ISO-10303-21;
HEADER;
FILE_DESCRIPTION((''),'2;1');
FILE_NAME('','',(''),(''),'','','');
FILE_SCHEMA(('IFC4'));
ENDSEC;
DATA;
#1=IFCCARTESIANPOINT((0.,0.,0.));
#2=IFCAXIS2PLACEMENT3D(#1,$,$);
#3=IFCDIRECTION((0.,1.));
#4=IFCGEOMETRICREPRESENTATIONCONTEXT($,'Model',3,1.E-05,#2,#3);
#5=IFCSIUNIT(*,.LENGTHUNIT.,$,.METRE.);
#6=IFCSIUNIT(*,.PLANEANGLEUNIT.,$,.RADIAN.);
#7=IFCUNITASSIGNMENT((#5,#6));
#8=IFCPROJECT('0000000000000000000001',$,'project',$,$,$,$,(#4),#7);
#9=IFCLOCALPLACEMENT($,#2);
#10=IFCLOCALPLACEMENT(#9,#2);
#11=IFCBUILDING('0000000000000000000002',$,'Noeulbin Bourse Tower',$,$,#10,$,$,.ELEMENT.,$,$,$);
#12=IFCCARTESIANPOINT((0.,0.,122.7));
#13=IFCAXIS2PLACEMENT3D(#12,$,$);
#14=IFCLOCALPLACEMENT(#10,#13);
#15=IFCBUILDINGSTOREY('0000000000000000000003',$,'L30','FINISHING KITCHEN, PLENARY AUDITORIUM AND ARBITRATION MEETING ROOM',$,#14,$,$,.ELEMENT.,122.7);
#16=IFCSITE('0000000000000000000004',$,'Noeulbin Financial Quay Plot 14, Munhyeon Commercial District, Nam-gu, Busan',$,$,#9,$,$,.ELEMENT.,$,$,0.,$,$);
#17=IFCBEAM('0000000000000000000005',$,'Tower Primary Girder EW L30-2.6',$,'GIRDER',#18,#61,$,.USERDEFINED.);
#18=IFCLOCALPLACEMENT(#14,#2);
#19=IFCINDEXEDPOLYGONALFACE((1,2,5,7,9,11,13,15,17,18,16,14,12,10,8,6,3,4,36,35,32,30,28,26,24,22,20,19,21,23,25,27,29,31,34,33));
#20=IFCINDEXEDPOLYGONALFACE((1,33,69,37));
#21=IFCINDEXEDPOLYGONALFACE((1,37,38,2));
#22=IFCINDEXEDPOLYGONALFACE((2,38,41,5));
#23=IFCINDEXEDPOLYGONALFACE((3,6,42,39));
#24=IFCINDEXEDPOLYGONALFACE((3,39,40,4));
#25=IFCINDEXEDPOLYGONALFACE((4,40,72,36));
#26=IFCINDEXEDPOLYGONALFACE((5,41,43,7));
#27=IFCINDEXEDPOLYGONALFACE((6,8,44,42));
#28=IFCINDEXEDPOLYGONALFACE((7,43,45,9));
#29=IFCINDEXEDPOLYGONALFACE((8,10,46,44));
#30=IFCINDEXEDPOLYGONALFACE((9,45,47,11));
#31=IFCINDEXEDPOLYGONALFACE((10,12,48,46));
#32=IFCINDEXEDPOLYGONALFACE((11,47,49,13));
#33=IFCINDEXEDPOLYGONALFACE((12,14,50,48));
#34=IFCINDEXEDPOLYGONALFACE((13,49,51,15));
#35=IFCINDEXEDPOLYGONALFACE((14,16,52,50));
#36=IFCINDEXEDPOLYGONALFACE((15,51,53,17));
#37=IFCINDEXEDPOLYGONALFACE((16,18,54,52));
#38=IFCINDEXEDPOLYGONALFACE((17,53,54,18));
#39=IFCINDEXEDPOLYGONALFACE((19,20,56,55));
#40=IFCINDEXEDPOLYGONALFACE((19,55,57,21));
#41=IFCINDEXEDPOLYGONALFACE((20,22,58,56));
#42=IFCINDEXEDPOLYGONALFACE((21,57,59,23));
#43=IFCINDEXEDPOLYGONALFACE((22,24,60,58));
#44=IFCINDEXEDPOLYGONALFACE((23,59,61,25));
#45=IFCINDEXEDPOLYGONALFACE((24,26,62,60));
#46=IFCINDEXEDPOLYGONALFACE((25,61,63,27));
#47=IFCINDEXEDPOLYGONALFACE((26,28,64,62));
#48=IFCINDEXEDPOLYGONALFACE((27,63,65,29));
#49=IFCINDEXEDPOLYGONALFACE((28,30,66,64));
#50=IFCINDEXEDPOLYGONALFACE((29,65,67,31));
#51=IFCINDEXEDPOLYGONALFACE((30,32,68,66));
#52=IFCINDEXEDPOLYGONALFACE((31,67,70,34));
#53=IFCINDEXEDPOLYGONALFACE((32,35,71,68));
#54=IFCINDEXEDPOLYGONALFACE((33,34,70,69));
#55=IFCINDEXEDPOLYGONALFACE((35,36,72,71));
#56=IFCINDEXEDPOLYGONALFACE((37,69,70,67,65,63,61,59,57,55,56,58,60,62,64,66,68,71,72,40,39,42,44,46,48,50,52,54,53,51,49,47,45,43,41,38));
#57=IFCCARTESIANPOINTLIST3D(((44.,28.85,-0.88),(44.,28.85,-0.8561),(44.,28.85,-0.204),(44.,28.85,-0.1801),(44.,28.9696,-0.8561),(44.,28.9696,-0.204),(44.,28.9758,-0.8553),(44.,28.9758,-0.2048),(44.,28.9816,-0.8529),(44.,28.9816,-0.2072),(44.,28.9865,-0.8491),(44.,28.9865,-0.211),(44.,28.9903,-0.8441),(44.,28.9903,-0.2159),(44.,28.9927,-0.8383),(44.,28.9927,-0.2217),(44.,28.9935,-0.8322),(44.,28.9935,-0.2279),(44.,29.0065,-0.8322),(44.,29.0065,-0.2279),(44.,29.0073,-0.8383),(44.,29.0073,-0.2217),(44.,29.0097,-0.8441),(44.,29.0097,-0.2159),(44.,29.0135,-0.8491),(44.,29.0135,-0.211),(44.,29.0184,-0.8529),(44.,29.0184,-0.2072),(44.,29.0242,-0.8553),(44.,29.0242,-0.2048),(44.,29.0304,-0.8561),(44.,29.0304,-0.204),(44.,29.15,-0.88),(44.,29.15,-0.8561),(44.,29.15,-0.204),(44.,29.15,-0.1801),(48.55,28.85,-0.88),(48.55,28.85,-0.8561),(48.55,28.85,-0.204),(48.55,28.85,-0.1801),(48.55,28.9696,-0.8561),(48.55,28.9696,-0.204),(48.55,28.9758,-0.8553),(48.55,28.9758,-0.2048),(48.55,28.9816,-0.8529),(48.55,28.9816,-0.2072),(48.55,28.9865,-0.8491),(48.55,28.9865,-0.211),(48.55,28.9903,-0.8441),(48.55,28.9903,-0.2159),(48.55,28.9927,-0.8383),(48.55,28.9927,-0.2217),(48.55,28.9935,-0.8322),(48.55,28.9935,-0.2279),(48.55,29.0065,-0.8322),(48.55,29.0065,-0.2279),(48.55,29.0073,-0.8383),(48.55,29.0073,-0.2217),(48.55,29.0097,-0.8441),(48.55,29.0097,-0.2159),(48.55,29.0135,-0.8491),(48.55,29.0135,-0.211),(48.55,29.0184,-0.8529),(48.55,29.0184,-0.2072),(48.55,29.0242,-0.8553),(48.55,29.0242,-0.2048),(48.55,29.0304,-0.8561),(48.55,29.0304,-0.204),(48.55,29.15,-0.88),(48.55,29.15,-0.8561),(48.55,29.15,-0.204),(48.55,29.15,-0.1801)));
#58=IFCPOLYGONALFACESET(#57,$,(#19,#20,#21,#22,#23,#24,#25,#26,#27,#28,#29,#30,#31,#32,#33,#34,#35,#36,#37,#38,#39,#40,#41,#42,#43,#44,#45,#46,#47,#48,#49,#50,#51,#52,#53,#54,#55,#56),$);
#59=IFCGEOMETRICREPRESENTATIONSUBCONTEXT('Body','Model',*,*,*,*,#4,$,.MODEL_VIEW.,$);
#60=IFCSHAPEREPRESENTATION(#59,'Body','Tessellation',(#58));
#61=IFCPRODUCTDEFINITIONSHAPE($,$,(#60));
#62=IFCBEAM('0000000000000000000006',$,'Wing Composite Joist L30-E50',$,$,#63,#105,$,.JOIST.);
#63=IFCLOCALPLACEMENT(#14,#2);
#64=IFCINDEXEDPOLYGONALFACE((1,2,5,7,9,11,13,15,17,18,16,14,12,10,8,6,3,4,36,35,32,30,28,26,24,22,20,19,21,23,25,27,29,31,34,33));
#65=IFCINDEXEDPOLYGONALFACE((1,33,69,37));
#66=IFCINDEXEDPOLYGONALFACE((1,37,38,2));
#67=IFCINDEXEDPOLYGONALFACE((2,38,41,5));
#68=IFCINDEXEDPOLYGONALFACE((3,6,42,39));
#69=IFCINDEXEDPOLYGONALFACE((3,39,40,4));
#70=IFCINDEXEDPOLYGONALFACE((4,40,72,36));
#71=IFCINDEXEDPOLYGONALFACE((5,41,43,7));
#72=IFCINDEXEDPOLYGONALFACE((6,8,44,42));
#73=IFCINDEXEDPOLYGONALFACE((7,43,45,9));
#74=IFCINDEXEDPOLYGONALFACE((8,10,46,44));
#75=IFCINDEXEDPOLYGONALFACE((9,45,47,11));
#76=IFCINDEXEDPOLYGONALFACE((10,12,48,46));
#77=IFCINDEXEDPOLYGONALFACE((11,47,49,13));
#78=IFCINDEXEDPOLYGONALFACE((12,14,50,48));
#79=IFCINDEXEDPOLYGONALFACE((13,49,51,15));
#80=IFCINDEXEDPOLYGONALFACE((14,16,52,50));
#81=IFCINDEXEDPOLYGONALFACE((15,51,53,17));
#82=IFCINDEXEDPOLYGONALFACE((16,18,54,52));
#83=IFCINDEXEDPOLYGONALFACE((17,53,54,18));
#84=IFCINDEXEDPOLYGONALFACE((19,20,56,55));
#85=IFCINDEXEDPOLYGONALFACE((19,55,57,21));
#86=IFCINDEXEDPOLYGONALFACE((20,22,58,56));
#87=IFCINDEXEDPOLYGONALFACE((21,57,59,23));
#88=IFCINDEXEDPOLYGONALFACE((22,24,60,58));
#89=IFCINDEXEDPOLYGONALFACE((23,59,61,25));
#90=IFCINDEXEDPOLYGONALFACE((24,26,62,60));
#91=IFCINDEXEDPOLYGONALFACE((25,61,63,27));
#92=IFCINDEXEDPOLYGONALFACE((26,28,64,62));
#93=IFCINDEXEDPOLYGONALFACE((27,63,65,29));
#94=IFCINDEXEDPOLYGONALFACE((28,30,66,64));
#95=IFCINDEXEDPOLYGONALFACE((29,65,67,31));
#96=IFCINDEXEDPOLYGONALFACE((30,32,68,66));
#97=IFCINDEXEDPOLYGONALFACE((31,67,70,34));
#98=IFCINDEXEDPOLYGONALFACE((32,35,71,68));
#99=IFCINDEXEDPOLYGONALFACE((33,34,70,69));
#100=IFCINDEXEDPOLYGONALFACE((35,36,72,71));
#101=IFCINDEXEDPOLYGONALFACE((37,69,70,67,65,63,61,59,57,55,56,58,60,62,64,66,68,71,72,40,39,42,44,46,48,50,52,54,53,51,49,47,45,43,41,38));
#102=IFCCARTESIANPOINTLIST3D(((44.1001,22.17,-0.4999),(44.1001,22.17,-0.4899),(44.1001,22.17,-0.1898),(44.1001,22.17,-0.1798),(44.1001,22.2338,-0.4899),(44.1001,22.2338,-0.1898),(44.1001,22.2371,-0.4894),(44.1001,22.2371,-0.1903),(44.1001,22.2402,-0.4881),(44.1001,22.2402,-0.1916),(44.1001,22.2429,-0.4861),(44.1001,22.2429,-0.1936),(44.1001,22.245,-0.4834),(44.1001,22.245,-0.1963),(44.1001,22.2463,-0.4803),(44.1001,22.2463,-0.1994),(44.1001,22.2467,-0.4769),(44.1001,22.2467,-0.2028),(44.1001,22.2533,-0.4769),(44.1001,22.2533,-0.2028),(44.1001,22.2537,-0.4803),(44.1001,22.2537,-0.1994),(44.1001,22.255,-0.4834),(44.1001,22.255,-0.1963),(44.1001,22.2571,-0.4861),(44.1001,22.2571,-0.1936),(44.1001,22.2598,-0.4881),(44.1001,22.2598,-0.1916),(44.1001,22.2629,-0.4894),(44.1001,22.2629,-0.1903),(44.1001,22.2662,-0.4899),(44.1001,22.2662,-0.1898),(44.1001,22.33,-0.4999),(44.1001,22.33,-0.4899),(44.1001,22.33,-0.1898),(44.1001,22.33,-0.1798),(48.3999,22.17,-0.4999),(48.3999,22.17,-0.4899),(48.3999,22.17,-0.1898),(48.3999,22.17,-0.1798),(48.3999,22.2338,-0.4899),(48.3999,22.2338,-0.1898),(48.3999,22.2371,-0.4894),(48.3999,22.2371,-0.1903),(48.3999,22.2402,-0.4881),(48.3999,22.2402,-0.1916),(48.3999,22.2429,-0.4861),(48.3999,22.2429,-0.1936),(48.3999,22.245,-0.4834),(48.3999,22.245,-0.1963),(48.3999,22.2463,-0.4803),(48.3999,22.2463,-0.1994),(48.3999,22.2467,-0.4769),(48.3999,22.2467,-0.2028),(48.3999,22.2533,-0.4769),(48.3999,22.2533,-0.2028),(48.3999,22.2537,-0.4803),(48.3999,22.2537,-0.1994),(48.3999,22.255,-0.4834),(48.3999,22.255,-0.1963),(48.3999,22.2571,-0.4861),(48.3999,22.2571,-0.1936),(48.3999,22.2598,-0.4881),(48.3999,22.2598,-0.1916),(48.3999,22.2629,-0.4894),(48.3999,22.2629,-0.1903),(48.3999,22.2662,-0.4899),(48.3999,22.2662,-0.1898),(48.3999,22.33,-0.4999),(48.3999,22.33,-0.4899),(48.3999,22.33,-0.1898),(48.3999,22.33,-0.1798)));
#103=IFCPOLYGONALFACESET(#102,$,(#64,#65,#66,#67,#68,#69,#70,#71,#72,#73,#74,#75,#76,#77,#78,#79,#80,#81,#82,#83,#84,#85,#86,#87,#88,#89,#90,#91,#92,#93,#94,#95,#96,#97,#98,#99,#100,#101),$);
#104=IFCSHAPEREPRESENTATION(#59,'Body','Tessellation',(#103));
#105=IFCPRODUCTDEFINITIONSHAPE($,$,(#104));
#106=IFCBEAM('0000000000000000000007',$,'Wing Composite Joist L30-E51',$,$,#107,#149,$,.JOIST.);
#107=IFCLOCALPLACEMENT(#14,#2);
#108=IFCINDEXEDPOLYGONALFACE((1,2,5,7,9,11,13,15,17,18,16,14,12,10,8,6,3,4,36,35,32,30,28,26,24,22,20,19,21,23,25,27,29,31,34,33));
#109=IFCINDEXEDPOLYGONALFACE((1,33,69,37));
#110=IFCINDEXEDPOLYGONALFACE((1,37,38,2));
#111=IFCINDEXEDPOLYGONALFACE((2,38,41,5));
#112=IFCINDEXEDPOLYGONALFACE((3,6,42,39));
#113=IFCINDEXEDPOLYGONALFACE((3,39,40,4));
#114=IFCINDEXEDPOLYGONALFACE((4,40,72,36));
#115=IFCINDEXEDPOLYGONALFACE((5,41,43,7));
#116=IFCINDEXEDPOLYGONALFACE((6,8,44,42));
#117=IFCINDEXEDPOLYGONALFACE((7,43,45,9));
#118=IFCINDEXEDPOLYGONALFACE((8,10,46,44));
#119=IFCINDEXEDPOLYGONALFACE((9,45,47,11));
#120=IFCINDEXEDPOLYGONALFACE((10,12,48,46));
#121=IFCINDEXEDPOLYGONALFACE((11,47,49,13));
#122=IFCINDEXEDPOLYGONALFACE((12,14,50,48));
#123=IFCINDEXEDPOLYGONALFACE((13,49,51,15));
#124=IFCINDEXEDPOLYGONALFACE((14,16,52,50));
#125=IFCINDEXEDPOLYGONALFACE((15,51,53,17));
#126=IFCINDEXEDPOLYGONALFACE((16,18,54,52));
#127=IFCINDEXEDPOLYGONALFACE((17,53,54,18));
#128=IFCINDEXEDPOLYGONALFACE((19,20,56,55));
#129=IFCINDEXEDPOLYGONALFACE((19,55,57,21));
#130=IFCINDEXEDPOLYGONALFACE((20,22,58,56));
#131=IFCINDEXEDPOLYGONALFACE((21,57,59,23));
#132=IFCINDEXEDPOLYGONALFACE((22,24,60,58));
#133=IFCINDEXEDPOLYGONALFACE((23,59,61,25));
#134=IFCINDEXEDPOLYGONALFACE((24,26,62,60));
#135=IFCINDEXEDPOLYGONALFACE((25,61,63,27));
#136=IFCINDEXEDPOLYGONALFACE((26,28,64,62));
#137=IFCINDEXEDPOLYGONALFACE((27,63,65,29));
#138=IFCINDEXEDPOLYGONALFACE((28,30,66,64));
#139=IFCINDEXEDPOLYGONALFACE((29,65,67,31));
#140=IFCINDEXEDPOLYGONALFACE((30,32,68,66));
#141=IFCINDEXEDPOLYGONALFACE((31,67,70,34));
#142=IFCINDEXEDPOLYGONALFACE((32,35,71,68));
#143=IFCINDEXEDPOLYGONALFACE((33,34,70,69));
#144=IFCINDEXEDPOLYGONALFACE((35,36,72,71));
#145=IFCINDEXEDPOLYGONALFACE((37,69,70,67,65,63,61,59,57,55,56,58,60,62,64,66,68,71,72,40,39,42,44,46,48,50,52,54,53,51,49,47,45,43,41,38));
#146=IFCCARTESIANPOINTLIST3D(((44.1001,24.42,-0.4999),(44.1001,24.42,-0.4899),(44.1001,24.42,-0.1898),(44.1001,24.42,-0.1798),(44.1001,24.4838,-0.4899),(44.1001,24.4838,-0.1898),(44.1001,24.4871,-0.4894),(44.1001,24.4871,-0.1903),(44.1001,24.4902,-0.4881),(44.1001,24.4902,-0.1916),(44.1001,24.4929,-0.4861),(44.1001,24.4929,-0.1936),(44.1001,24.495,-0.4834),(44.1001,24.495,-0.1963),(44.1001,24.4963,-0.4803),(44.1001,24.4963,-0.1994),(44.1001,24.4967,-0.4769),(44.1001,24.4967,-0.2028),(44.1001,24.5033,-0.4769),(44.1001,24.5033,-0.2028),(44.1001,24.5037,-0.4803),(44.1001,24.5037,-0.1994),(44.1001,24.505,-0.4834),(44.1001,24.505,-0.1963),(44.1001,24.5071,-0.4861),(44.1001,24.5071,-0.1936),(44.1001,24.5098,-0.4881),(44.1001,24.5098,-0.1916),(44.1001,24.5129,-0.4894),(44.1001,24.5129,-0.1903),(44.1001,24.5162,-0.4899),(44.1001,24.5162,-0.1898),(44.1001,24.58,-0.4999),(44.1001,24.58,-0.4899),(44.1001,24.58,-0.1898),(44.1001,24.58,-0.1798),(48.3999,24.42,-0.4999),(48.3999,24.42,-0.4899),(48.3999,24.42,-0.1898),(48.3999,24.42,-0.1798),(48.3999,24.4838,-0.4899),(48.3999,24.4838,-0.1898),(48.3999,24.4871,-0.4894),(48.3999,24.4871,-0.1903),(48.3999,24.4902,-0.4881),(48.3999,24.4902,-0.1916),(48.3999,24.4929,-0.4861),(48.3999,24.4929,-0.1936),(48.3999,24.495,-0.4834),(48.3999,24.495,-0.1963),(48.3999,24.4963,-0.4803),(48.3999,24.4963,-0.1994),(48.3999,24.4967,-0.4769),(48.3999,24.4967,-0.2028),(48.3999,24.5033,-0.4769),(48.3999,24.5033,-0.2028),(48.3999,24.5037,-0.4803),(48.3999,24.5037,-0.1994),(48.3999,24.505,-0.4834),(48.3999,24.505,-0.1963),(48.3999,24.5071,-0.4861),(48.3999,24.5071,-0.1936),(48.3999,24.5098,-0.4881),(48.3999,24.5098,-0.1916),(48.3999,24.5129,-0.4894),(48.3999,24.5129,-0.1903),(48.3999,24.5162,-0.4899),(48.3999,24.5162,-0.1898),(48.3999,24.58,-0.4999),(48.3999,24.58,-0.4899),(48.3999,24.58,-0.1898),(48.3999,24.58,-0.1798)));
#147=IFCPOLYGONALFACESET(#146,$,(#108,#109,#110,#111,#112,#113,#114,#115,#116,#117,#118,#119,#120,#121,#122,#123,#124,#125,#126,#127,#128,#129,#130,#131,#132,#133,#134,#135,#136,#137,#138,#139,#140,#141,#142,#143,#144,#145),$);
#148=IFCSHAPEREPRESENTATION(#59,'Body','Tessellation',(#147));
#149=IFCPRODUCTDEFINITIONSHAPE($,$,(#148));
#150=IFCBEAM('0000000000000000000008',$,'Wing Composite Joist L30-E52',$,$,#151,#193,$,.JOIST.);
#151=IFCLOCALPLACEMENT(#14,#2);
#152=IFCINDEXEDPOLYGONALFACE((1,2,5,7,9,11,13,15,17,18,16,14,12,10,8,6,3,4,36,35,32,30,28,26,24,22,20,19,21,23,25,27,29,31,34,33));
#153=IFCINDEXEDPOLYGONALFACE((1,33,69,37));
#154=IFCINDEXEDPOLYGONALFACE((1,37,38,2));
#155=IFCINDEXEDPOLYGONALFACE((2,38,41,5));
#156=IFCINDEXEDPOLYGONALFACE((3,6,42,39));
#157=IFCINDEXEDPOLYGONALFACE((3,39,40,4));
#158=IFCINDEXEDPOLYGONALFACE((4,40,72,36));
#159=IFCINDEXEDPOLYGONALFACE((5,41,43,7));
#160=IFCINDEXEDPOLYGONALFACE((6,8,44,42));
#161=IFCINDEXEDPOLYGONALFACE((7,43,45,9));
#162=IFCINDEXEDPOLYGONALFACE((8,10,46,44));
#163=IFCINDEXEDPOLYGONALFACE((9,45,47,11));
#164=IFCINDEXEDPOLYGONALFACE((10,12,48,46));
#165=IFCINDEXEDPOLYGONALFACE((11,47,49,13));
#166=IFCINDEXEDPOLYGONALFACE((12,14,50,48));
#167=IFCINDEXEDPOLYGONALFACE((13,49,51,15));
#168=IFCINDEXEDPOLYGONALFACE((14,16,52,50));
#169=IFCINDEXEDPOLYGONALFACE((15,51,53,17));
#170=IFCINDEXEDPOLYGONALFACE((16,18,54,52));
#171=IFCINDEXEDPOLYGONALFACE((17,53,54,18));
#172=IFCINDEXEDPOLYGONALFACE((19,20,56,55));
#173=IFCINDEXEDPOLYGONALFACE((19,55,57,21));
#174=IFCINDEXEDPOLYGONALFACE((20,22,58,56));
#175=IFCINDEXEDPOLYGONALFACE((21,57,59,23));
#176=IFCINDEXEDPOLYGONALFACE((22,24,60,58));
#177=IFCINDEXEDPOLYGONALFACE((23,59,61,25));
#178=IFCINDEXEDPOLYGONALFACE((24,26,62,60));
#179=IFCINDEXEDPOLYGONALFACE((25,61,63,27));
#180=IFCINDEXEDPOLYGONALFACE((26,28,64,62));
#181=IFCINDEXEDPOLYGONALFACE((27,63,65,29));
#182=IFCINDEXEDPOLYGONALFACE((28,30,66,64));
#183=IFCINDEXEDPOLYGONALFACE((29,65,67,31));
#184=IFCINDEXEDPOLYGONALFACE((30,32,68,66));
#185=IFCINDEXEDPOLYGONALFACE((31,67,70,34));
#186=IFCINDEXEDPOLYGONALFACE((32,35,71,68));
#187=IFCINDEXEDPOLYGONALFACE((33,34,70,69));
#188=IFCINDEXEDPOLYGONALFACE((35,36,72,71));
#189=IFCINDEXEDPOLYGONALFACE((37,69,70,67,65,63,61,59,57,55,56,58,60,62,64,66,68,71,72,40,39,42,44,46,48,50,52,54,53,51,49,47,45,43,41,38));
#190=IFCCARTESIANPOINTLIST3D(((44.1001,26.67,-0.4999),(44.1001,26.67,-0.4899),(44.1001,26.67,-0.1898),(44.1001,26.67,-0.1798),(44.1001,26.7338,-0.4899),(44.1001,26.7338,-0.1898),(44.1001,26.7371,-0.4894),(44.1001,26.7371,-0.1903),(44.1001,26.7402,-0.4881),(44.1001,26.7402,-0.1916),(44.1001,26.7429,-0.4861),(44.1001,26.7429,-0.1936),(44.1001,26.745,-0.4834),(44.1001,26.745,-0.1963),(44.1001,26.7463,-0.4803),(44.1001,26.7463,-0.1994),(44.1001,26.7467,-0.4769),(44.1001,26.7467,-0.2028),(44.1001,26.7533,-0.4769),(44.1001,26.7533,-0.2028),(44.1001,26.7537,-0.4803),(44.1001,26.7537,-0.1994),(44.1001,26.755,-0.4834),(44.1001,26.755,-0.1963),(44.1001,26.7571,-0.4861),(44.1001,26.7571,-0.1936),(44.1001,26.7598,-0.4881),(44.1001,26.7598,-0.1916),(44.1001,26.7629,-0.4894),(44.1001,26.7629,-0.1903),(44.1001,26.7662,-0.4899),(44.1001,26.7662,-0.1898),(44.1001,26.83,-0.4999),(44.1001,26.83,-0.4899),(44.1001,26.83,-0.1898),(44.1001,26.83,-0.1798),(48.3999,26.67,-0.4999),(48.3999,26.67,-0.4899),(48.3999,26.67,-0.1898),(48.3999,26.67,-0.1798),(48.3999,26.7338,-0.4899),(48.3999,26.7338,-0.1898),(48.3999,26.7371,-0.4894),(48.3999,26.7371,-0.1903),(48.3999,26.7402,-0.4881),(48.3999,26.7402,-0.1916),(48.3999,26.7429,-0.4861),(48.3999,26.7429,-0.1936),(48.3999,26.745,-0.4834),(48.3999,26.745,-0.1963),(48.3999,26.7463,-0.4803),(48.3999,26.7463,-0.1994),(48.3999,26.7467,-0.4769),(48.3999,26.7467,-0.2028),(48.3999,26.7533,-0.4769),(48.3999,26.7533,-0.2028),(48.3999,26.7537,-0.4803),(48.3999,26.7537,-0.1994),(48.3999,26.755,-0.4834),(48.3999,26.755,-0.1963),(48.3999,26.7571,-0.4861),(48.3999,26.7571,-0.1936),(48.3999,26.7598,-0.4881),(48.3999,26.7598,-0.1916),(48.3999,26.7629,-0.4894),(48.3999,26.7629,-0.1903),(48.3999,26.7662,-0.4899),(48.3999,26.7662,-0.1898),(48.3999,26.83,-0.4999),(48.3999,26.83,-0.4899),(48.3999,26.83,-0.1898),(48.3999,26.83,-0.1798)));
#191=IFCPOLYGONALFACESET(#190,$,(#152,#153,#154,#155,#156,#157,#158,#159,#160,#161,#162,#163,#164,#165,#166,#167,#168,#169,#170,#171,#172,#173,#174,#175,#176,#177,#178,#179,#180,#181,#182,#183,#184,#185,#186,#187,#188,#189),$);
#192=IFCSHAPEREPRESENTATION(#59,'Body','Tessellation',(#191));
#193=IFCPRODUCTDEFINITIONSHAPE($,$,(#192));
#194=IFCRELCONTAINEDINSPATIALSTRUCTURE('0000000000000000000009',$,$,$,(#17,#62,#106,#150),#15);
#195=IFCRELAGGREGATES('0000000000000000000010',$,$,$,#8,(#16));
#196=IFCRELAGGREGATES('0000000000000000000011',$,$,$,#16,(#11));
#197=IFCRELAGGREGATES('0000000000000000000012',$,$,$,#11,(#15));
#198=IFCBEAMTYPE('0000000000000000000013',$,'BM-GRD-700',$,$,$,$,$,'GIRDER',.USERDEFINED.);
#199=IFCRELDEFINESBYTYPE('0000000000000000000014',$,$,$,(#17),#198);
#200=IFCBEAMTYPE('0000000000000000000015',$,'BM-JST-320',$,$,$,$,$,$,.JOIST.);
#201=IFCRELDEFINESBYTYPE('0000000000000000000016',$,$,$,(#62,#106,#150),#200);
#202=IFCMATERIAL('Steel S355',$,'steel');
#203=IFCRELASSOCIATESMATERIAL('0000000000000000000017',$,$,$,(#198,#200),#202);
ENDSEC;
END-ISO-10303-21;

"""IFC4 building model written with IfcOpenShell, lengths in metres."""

from ifc_helpers import new_model, si_unit, direction, frame, origin, origin_2d, place, context, subcontext, project, spatial, i_section, extrude, material, material_profile, profile_set, type_object, element, save


model = new_model("IFC4")

# Units and contexts
model_context = context("Model", 3, precision=1e-05, world=origin(), true_north=direction((0.0, 1.0)))
body_context = subcontext(model_context, "Body", "Model", "MODEL_VIEW")
ifc_project = project(units=[si_unit("LENGTHUNIT", "METRE"), si_unit("PLANEANGLEUNIT", "RADIAN")], contexts=[model_context])

# Site, building, storey
site_placement = place(None, origin())
site = spatial("IfcSite", under=ifc_project, at=site_placement, Name="Noeulbin Financial Quay Plot 14, Munhyeon Commercial District, Nam-gu, Busan", CompositionType="ELEMENT", RefElevation=0.0)
building_placement = place(site_placement, origin())
building = spatial("IfcBuilding", under=site, at=building_placement, Name="Noeulbin Bourse Tower", CompositionType="ELEMENT")
storey_placement = place(building_placement, frame((0.0, 0.0, 122.7)))
storey = spatial("IfcBuildingStorey", under=building, at=storey_placement, Name="L30", Description="FINISHING KITCHEN, PLENARY AUDITORIUM AND ARBITRATION MEETING ROOM", CompositionType="ELEMENT", Elevation=122.7)

# Shared definitions
ifc_material_1 = material(Name="Steel S355", Category="steel")

# Beams
ifc_material_profile_1 = material_profile(ifc_material_1, i_section(OverallWidth=0.3, OverallDepth=0.7, WebThickness=0.0129, FlangeThickness=0.0239, FilletRadius=0.0239, at=origin_2d()), Name="H-700x300x13x24", Category="LoadBearing")
ifc_profile_set_1 = profile_set([ifc_material_profile_1], Name="Steel S355")
beam_type_1 = type_object("IfcBeamType", Name="BM-GRD-700", ElementType="GIRDER", PredefinedType="USERDEFINED", material=ifc_profile_set_1)
beam_1_placement = place(storey_placement, frame((44.0, 29.0, -0.53), z_axis=(1.0, 0.0, 0.0), x_axis=(0.0, 1.0, 0.0)))
element("IfcBeam", 1, at=beam_1_placement, inside=storey, type_object=beam_type_1, Name="Tower Primary Girder EW L30-2.6", ObjectType="GIRDER", PredefinedType="USERDEFINED", context=body_context, shape_type="SweptSolid", body=[
    extrude(i_section(OverallWidth=0.3, OverallDepth=0.7, WebThickness=0.0129, FlangeThickness=0.0239, FilletRadius=0.0239, at=origin_2d()), origin(), (0.0, 0.0, 1.0), 4.55),
])
ifc_material_profile_2 = material_profile(ifc_material_1, i_section(OverallWidth=0.1599, OverallDepth=0.3201, WebThickness=0.0066, FlangeThickness=0.01, FilletRadius=0.0129, at=origin_2d()), Name="H-320x160x6.5x10", Category="LoadBearing")
ifc_profile_set_2 = profile_set([ifc_material_profile_2], Name="Steel S355")
beam_type_2 = type_object("IfcBeamType", Name="BM-JST-320", PredefinedType="JOIST", material=ifc_profile_set_2)
for number, where, z_axis, x_axis, name in (
    (2, (44.1001, 22.25, -0.3398), (1.0, 0.0, 0.0), (0.0, 1.0, 0.0), "Wing Composite Joist L30-E50"),
    (3, (44.1001, 24.5, -0.3398), (1.0, 0.0, 0.0), (0.0, 1.0, 0.0), "Wing Composite Joist L30-E51"),
    (4, (44.1001, 26.75, -0.3398), (1.0, 0.0, 0.0), (0.0, 1.0, 0.0), "Wing Composite Joist L30-E52"),
):
    element("IfcBeam", number, at=place(storey_placement, frame(where, z_axis=z_axis, x_axis=x_axis)), inside=storey, type_object=beam_type_2, Name=name, PredefinedType="JOIST", context=body_context, shape_type="SweptSolid", body=[
        extrude(i_section(OverallWidth=0.1599, OverallDepth=0.3201, WebThickness=0.0066, FlangeThickness=0.01, FilletRadius=0.0129, at=origin_2d()), origin(), (0.0, 0.0, 1.0), 4.2998),
    ])

save(model, "model.ifc")
